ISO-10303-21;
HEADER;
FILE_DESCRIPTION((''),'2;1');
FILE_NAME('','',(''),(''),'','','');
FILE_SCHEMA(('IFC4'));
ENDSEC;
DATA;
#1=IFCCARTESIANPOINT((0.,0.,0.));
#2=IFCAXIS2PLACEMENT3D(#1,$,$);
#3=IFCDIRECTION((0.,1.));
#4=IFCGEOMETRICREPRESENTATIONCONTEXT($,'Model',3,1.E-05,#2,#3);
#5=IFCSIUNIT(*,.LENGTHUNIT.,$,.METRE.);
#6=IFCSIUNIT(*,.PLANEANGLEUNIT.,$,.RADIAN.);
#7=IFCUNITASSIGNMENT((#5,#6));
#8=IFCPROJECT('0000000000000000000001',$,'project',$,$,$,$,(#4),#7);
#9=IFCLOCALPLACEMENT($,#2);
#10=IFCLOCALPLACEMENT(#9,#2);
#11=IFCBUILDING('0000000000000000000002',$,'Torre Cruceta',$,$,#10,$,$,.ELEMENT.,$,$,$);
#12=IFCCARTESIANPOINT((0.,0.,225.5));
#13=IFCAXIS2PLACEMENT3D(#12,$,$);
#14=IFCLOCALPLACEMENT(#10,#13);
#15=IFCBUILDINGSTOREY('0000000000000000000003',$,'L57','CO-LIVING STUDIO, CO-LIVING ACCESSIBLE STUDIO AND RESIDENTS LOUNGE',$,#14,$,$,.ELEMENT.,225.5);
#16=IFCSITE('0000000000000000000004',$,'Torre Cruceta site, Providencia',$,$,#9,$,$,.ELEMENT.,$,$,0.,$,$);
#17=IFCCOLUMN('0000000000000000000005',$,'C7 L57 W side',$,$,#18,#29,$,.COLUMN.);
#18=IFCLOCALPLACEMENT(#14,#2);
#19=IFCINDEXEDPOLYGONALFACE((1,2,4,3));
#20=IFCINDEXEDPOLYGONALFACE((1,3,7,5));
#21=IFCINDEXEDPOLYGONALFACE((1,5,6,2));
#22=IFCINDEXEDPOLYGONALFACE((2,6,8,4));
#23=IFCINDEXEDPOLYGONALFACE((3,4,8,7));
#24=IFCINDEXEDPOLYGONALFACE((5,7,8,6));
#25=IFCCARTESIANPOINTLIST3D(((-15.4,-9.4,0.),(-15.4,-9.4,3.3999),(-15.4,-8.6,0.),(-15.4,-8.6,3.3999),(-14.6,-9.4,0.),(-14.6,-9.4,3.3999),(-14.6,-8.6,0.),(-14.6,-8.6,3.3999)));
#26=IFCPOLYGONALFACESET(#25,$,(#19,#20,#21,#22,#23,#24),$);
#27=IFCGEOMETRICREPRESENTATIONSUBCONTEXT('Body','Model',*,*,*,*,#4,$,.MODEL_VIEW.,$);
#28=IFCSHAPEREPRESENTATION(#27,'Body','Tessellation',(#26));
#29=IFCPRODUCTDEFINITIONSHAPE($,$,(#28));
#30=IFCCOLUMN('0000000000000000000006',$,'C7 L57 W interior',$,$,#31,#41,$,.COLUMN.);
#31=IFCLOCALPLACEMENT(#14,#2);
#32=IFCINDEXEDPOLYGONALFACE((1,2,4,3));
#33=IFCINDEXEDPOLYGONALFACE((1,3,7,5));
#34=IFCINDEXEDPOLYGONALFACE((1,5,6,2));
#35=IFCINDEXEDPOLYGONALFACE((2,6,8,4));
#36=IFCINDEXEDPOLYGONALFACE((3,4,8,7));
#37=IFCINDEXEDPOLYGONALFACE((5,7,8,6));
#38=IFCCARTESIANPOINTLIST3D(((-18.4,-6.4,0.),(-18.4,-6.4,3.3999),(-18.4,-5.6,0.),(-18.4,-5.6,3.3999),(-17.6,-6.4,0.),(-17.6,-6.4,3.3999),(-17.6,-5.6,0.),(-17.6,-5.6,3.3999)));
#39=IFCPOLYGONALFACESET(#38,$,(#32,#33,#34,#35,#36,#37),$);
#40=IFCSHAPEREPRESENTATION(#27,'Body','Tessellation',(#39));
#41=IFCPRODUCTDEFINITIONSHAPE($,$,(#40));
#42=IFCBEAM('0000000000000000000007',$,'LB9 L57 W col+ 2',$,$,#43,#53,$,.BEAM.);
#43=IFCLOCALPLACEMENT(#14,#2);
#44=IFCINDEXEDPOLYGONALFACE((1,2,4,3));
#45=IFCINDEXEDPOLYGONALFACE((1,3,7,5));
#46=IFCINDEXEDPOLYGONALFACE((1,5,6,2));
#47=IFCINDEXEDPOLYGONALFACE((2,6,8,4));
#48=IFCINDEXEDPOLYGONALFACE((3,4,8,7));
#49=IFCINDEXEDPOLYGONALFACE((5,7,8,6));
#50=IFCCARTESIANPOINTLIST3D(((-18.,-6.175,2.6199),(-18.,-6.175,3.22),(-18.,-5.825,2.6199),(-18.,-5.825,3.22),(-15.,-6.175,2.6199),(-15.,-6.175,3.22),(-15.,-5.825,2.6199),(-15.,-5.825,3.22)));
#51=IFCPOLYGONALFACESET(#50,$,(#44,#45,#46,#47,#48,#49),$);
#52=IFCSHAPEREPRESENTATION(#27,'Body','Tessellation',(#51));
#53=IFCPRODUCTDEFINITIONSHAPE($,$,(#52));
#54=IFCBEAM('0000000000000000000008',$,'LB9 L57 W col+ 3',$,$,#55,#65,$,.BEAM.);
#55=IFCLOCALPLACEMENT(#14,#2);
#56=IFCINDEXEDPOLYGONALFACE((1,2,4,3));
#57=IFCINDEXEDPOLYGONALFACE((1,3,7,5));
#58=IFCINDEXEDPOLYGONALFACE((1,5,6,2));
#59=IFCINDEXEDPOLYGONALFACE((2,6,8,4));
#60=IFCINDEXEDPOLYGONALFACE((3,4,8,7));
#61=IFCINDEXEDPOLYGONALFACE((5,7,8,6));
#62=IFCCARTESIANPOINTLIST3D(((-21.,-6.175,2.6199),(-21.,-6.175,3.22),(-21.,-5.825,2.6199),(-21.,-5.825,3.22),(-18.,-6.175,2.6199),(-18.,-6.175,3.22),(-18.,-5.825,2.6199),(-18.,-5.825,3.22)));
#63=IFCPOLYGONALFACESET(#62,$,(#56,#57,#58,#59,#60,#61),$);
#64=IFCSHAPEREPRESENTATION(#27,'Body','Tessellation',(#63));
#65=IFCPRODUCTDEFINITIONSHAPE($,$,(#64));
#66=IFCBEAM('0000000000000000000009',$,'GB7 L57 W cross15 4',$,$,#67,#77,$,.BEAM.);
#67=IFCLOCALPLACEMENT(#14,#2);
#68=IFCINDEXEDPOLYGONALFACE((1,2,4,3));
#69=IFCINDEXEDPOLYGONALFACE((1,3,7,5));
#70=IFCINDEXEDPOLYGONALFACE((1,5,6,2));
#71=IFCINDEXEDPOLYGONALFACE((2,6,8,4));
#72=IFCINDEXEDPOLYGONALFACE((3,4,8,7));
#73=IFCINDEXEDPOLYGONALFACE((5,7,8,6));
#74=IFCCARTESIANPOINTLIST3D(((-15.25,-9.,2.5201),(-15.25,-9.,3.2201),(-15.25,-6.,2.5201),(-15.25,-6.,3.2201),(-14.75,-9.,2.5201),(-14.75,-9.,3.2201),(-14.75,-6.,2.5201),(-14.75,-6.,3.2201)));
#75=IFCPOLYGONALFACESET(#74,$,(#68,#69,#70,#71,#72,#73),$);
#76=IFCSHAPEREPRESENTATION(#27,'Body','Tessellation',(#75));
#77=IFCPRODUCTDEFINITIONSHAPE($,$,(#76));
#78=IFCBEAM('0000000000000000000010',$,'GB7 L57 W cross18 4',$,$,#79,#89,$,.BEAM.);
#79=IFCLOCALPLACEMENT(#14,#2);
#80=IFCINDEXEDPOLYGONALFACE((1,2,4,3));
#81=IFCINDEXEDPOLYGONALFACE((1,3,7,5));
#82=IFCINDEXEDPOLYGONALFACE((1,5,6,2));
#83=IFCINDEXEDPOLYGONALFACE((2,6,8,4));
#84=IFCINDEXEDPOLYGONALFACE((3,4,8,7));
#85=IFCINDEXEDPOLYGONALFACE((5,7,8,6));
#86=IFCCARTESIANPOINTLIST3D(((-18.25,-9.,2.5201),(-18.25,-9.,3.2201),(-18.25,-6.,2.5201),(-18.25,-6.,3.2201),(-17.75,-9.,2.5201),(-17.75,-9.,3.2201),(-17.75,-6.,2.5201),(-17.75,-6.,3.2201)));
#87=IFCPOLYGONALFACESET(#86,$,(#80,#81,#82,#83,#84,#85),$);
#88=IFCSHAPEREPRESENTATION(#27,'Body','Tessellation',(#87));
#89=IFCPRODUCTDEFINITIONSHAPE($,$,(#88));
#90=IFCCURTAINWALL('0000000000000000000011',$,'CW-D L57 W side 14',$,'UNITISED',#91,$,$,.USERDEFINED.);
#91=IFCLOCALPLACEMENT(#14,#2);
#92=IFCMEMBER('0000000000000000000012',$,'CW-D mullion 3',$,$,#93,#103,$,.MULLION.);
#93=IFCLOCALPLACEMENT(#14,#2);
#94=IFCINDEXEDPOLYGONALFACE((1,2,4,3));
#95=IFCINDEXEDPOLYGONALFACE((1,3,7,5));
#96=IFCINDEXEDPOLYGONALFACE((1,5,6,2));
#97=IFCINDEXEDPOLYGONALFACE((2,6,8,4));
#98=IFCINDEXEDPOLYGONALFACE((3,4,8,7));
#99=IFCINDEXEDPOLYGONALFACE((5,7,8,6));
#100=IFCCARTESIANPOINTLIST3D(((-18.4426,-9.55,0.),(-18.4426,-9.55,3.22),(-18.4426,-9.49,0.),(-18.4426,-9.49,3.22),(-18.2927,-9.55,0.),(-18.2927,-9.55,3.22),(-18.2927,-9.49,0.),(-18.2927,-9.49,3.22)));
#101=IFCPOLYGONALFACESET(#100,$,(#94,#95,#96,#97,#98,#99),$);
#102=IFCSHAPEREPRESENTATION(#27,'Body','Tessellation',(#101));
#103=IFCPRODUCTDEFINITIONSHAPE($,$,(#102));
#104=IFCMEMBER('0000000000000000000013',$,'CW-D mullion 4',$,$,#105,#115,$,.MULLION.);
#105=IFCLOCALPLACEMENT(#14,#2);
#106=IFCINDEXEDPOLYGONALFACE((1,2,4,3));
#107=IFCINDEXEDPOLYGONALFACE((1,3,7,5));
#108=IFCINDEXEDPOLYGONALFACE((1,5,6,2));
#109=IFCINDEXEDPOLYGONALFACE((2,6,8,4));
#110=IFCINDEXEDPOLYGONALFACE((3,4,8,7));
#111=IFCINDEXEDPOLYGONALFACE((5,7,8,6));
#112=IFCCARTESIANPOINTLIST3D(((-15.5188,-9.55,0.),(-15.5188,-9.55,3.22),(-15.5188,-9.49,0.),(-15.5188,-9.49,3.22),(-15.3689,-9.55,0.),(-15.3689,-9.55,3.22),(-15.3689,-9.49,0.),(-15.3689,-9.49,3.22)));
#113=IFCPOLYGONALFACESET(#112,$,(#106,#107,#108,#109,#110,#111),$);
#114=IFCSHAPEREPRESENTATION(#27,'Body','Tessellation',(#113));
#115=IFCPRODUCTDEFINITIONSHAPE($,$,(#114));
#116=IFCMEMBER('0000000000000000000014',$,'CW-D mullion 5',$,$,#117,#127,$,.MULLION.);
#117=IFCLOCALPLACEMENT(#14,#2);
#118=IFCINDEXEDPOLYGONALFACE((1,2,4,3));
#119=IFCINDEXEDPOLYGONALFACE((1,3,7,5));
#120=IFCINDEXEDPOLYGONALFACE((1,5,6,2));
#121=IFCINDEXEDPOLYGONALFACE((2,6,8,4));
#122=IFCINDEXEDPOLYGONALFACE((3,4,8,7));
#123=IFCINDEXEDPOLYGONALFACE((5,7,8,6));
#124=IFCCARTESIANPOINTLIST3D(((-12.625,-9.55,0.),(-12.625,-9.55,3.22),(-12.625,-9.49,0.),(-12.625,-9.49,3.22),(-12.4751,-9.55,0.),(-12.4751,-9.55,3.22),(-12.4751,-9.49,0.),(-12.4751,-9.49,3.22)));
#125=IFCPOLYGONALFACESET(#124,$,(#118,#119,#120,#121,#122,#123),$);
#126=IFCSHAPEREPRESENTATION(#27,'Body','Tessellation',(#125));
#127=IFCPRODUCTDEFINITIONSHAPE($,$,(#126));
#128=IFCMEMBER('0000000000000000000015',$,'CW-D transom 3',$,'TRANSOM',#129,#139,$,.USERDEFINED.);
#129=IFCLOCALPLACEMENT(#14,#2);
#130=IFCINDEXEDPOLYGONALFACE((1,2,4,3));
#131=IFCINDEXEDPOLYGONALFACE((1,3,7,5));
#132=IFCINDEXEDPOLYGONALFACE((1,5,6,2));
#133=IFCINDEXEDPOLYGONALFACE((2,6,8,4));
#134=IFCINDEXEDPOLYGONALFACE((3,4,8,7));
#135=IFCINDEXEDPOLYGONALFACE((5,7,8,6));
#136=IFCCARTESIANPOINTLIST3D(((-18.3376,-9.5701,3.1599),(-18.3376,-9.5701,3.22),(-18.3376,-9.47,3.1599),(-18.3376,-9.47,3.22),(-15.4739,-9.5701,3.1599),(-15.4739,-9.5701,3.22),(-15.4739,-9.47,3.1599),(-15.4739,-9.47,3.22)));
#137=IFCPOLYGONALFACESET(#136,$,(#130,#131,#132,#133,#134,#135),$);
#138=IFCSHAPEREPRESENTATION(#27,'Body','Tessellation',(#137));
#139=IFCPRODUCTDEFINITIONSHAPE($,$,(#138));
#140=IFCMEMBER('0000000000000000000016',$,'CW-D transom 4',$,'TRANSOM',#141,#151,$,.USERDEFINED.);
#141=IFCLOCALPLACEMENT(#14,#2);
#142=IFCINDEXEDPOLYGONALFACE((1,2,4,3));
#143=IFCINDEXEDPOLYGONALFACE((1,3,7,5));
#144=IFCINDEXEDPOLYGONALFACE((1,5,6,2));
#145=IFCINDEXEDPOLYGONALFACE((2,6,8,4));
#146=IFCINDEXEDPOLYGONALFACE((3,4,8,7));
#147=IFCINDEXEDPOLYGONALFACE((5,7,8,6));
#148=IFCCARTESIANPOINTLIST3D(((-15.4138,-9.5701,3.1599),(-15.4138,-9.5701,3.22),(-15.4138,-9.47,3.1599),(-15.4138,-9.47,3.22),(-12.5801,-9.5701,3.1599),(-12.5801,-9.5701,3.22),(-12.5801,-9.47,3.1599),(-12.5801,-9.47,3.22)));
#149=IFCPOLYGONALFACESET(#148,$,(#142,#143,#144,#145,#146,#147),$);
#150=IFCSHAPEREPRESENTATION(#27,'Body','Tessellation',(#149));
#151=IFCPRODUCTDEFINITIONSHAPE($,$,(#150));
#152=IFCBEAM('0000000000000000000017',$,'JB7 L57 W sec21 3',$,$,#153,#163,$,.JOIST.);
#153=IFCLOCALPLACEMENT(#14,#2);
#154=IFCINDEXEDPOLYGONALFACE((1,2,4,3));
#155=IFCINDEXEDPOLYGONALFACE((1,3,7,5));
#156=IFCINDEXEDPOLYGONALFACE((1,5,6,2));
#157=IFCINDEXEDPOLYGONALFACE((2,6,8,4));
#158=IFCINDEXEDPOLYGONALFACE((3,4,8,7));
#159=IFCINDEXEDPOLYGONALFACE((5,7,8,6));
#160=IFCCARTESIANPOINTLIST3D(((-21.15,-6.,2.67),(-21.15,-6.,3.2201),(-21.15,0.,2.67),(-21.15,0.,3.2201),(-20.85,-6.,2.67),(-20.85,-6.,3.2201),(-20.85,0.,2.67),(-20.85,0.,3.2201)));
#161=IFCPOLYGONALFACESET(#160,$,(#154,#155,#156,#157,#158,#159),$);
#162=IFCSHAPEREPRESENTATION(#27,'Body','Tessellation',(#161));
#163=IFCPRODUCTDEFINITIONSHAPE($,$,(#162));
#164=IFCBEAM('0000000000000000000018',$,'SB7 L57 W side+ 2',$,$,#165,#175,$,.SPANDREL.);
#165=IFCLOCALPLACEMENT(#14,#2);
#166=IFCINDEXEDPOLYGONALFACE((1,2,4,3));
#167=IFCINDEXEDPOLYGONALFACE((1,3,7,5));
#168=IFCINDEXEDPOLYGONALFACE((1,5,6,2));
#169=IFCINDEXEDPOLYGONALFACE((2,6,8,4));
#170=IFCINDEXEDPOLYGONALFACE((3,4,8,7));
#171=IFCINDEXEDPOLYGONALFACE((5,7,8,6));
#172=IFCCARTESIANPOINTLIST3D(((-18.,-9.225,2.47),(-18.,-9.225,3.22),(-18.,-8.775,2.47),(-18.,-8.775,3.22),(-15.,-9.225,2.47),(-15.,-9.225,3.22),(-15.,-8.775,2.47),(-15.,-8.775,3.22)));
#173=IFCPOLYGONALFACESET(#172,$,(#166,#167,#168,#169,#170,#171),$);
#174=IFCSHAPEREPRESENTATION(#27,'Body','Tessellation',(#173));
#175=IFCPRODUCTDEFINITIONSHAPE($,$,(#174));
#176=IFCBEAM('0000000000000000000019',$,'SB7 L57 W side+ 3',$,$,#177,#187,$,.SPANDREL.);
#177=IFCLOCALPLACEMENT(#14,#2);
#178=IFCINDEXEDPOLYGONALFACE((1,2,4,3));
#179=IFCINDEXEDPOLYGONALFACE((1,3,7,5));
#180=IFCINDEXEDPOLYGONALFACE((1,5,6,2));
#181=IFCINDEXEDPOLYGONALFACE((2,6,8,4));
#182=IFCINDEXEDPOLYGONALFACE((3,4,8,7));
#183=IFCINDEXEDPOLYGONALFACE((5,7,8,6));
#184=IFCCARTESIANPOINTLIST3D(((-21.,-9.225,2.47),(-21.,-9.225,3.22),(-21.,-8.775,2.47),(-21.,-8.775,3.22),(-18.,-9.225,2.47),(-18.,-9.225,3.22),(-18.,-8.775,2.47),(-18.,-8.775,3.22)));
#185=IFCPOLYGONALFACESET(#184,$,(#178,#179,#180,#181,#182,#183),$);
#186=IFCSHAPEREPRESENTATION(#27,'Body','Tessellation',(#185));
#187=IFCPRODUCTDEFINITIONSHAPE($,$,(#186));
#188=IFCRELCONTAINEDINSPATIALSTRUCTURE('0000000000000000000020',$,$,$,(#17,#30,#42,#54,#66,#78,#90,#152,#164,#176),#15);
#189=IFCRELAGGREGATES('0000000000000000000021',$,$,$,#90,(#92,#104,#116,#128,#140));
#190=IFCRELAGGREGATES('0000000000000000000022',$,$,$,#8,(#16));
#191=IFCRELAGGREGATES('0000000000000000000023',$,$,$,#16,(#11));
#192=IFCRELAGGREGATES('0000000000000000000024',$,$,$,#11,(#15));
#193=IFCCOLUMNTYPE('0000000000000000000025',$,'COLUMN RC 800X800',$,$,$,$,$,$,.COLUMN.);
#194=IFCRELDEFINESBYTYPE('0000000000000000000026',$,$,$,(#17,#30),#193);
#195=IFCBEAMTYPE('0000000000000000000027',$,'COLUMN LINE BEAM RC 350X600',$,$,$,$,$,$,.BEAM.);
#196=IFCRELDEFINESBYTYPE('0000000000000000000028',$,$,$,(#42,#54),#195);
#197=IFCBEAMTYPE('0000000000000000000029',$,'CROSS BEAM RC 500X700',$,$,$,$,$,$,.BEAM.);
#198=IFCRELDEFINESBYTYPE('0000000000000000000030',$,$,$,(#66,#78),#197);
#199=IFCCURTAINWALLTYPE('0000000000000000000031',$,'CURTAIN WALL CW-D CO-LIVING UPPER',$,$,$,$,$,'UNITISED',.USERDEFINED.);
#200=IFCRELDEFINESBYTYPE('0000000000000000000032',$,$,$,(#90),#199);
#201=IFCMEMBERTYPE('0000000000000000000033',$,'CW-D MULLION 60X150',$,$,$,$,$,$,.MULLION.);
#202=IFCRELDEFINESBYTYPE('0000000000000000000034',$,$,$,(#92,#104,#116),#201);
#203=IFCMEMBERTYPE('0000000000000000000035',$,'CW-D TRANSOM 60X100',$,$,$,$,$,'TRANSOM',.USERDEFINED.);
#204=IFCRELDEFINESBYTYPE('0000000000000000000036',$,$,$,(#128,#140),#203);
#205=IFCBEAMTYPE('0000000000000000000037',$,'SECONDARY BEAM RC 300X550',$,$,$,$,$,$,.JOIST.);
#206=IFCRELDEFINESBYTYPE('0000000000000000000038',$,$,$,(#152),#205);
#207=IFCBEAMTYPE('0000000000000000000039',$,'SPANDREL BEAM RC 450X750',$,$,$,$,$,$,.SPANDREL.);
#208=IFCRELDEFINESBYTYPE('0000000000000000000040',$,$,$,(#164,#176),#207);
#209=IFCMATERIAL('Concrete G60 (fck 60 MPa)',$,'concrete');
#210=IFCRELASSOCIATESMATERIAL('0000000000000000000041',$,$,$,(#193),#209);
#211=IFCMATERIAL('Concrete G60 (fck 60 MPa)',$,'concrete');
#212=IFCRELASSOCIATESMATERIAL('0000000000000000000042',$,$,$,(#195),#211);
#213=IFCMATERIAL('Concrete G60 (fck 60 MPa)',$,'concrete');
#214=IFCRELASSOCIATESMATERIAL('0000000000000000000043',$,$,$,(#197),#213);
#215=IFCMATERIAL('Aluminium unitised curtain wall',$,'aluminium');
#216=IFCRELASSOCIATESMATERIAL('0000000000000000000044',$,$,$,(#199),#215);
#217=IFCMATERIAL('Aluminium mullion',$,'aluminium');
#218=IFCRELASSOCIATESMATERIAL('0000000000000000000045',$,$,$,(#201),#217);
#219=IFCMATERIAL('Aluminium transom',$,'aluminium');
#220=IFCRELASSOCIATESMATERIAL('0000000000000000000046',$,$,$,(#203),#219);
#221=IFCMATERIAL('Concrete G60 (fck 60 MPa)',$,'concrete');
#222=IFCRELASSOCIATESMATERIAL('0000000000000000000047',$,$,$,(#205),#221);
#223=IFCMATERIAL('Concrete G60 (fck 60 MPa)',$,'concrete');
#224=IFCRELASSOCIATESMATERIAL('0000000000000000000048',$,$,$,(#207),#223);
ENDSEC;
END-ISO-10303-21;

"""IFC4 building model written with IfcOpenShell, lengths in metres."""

from ifc_helpers import new_model, si_unit, direction, frame, origin, origin_2d, place, context, subcontext, project, spatial, rectangle, extrude, material, material_profile, profile_set, type_object, element, aggregate, save


model = new_model("IFC4")

# Units and contexts
model_context = context("Model", 3, precision=1e-05, world=origin(), true_north=direction((0.0, 1.0)))
body_context = subcontext(model_context, "Body", "Model", "MODEL_VIEW")
ifc_project = project(units=[si_unit("LENGTHUNIT", "METRE"), si_unit("PLANEANGLEUNIT", "RADIAN")], contexts=[model_context])

# Site, building, storey
site_placement = place(None, origin())
site = spatial("IfcSite", under=ifc_project, at=site_placement, Name="Torre Cruceta site, Providencia", CompositionType="ELEMENT", RefElevation=0.0)
building_placement = place(site_placement, origin())
building = spatial("IfcBuilding", under=site, at=building_placement, Name="Torre Cruceta", CompositionType="ELEMENT")
storey_placement = place(building_placement, frame((0.0, 0.0, 225.5)))
storey = spatial("IfcBuildingStorey", under=building, at=storey_placement, Name="L57", Description="CO-LIVING STUDIO, CO-LIVING ACCESSIBLE STUDIO AND RESIDENTS LOUNGE", CompositionType="ELEMENT", Elevation=225.5)

# Columns
ifc_material_1 = material(Name="Concrete G60 (fck 60 MPa)", Category="concrete")
ifc_material_profile_1 = material_profile(ifc_material_1, rectangle(XDim=0.8, YDim=0.8, at=origin_2d()), Name="RC 800X800")
ifc_profile_set_1 = profile_set([ifc_material_profile_1], Name="Concrete G60 (fck 60 MPa)")
column_type = type_object("IfcColumnType", Name="COLUMN RC 800X800", PredefinedType="COLUMN", material=ifc_profile_set_1)
for number, where, z_axis, x_axis, name in (
    (1, (-15.0, -9.0, 0.0), (0.0, 0.0, 1.0), (1.0, 0.0, 0.0), "C7 L57 W side"),
    (2, (-18.0, -6.0, 0.0), (0.0, 0.0, 1.0), (1.0, 0.0, 0.0), "C7 L57 W interior"),
):
    element("IfcColumn", number, at=place(storey_placement, frame(where, z_axis=z_axis, x_axis=x_axis)), inside=storey, type_object=column_type, Name=name, PredefinedType="COLUMN", context=body_context, shape_type="SweptSolid", body=[
        extrude(rectangle(XDim=0.8, YDim=0.8, at=origin_2d()), origin(), (0.0, 0.0, 1.0), 3.3999),
    ])

# Beams
ifc_material_2 = material(Name="Concrete G60 (fck 60 MPa)", Category="concrete")
ifc_material_profile_2 = material_profile(ifc_material_2, rectangle(XDim=0.3501, YDim=0.6001, at=origin_2d()), Name="RC 350X600")
ifc_profile_set_2 = profile_set([ifc_material_profile_2], Name="Concrete G60 (fck 60 MPa)")
beam_type_1 = type_object("IfcBeamType", Name="COLUMN LINE BEAM RC 350X600", PredefinedType="BEAM", material=ifc_profile_set_2)
for number, where, z_axis, x_axis, name in (
    (3, (-15.0, -6.0, 2.9199), (-1.0, 0.0, 0.0), (0.0, -1.0, 0.0), "LB9 L57 W col+ 2"),
    (4, (-18.0, -6.0, 2.9199), (-1.0, 0.0, 0.0), (0.0, -1.0, 0.0), "LB9 L57 W col+ 3"),
):
    element("IfcBeam", number, at=place(storey_placement, frame(where, z_axis=z_axis, x_axis=x_axis)), inside=storey, type_object=beam_type_1, Name=name, PredefinedType="BEAM", context=body_context, shape_type="SweptSolid", body=[
        extrude(rectangle(XDim=0.3501, YDim=0.6001, at=origin_2d()), origin(), (0.0, 0.0, 1.0), 3.0),
    ])
ifc_material_3 = material(Name="Concrete G60 (fck 60 MPa)", Category="concrete")
ifc_material_profile_3 = material_profile(ifc_material_3, rectangle(XDim=0.5, YDim=0.7, at=origin_2d()), Name="RC 500X700")
ifc_profile_set_3 = profile_set([ifc_material_profile_3], Name="Concrete G60 (fck 60 MPa)")
beam_type_2 = type_object("IfcBeamType", Name="CROSS BEAM RC 500X700", PredefinedType="BEAM", material=ifc_profile_set_3)
for number, where, z_axis, x_axis, name in (
    (5, (-15.0, -6.0, 2.8701), (0.0, -1.0, 0.0), (1.0, 0.0, 0.0), "GB7 L57 W cross15 4"),
    (6, (-18.0, -6.0, 2.8701), (0.0, -1.0, 0.0), (1.0, 0.0, 0.0), "GB7 L57 W cross18 4"),
):
    element("IfcBeam", number, at=place(storey_placement, frame(where, z_axis=z_axis, x_axis=x_axis)), inside=storey, type_object=beam_type_2, Name=name, PredefinedType="BEAM", context=body_context, shape_type="SweptSolid", body=[
        extrude(rectangle(XDim=0.5, YDim=0.7, at=origin_2d()), origin(), (0.0, 0.0, 1.0), 3.0),
    ])

# Curtain wall, members
ifc_material_4 = material(Name="Aluminium unitised curtain wall", Category="aluminium")
curtain_wall_type = type_object("IfcCurtainWallType", Name="CURTAIN WALL CW-D CO-LIVING UPPER", ElementType="UNITISED", PredefinedType="USERDEFINED", material=ifc_material_4)
curtain_wall_placement = place(storey_placement, origin())
curtain_wall = element("IfcCurtainWall", 7, at=curtain_wall_placement, inside=storey, type_object=curtain_wall_type, Name="CW-D L57 W side 14", ObjectType="UNITISED", PredefinedType="USERDEFINED")
ifc_material_5 = material(Name="Aluminium mullion", Category="aluminium")
ifc_material_profile_4 = material_profile(ifc_material_5, rectangle(XDim=0.0601, YDim=0.1499, at=origin_2d()), Name="AL 60X150")
ifc_profile_set_4 = profile_set([ifc_material_profile_4], Name="Aluminium mullion")
member_type_1 = type_object("IfcMemberType", Name="CW-D MULLION 60X150", PredefinedType="MULLION", material=ifc_profile_set_4)
member_1_placement = place(storey_placement, frame((-18.3677, -9.52, 0.0), z_axis=(0.0, 0.0, 1.0), x_axis=(0.0, 1.0, 0.0)))
member_1 = element("IfcMember", 8, at=member_1_placement, type_object=member_type_1, Name="CW-D mullion 3", PredefinedType="MULLION", context=body_context, shape_type="SweptSolid", body=[
    extrude(rectangle(XDim=0.0601, YDim=0.1499, at=origin_2d()), origin(), (0.0, 0.0, 1.0), 3.22),
])
member_2_placement = place(storey_placement, frame((-15.4438, -9.52, 0.0), z_axis=(0.0, 0.0, 1.0), x_axis=(0.0, 1.0, 0.0)))
member_2 = element("IfcMember", 9, at=member_2_placement, type_object=member_type_1, Name="CW-D mullion 4", PredefinedType="MULLION", context=body_context, shape_type="SweptSolid", body=[
    extrude(rectangle(XDim=0.0601, YDim=0.1499, at=origin_2d()), origin(), (0.0, 0.0, 1.0), 3.22),
])
member_3_placement = place(storey_placement, frame((-12.55, -9.52, 0.0), z_axis=(0.0, 0.0, 1.0), x_axis=(0.0, 1.0, 0.0)))
member_3 = element("IfcMember", 10, at=member_3_placement, type_object=member_type_1, Name="CW-D mullion 5", PredefinedType="MULLION", context=body_context, shape_type="SweptSolid", body=[
    extrude(rectangle(XDim=0.0601, YDim=0.1499, at=origin_2d()), origin(), (0.0, 0.0, 1.0), 3.22),
])
ifc_material_6 = material(Name="Aluminium transom", Category="aluminium")
ifc_material_profile_5 = material_profile(ifc_material_6, rectangle(XDim=0.1001, YDim=0.0601, at=origin_2d()), Name="AL 100X60")
ifc_profile_set_5 = profile_set([ifc_material_profile_5], Name="Aluminium transom")
member_type_2 = type_object("IfcMemberType", Name="CW-D TRANSOM 60X100", ElementType="TRANSOM", PredefinedType="USERDEFINED", material=ifc_profile_set_5)
member_4_placement = place(storey_placement, frame((-18.3376, -9.52, 3.1899), z_axis=(1.0, 0.0, 0.0), x_axis=(0.0, 1.0, 0.0)))
member_4 = element("IfcMember", 11, at=member_4_placement, type_object=member_type_2, Name="CW-D transom 3", ObjectType="TRANSOM", PredefinedType="USERDEFINED", context=body_context, shape_type="SweptSolid", body=[
    extrude(rectangle(XDim=0.1001, YDim=0.0601, at=origin_2d()), origin(), (0.0, 0.0, 1.0), 2.8638),
])
member_5_placement = place(storey_placement, frame((-15.4138, -9.52, 3.1899), z_axis=(1.0, 0.0, 0.0), x_axis=(0.0, 1.0, 0.0)))
member_5 = element("IfcMember", 12, at=member_5_placement, type_object=member_type_2, Name="CW-D transom 4", ObjectType="TRANSOM", PredefinedType="USERDEFINED", context=body_context, shape_type="SweptSolid", body=[
    extrude(rectangle(XDim=0.1001, YDim=0.0601, at=origin_2d()), origin(), (0.0, 0.0, 1.0), 2.8337),
])

# Beams
ifc_material_7 = material(Name="Concrete G60 (fck 60 MPa)", Category="concrete")
ifc_material_profile_6 = material_profile(ifc_material_7, rectangle(XDim=0.3, YDim=0.55, at=origin_2d()), Name="RC 300X550")
ifc_profile_set_6 = profile_set([ifc_material_profile_6], Name="Concrete G60 (fck 60 MPa)")
beam_type_3 = type_object("IfcBeamType", Name="SECONDARY BEAM RC 300X550", PredefinedType="JOIST", material=ifc_profile_set_6)
beam_placement = place(storey_placement, frame((-21.0, 0.0, 2.9451), z_axis=(0.0, -1.0, 0.0), x_axis=(1.0, 0.0, 0.0)))
element("IfcBeam", 13, at=beam_placement, inside=storey, type_object=beam_type_3, Name="JB7 L57 W sec21 3", PredefinedType="JOIST", context=body_context, shape_type="SweptSolid", body=[
    extrude(rectangle(XDim=0.3, YDim=0.55, at=origin_2d()), origin(), (0.0, 0.0, 1.0), 6.0),
])
ifc_material_8 = material(Name="Concrete G60 (fck 60 MPa)", Category="concrete")
ifc_material_profile_7 = material_profile(ifc_material_8, rectangle(XDim=0.45, YDim=0.75, at=origin_2d()), Name="RC 450X750")
ifc_profile_set_7 = profile_set([ifc_material_profile_7], Name="Concrete G60 (fck 60 MPa)")
beam_type_4 = type_object("IfcBeamType", Name="SPANDREL BEAM RC 450X750", PredefinedType="SPANDREL", material=ifc_profile_set_7)
for number, where, z_axis, x_axis, name in (
    (14, (-15.0, -9.0, 2.845), (-1.0, 0.0, 0.0), (0.0, -1.0, 0.0), "SB7 L57 W side+ 2"),
    (15, (-18.0, -9.0, 2.845), (-1.0, 0.0, 0.0), (0.0, -1.0, 0.0), "SB7 L57 W side+ 3"),
):
    element("IfcBeam", number, at=place(storey_placement, frame(where, z_axis=z_axis, x_axis=x_axis)), inside=storey, type_object=beam_type_4, Name=name, PredefinedType="SPANDREL", context=body_context, shape_type="SweptSolid", body=[
        extrude(rectangle(XDim=0.45, YDim=0.75, at=origin_2d()), origin(), (0.0, 0.0, 1.0), 3.0),
    ])

aggregate(curtain_wall, [member_1, member_2, member_3, member_4, member_5])

save(model, "model.ifc")
